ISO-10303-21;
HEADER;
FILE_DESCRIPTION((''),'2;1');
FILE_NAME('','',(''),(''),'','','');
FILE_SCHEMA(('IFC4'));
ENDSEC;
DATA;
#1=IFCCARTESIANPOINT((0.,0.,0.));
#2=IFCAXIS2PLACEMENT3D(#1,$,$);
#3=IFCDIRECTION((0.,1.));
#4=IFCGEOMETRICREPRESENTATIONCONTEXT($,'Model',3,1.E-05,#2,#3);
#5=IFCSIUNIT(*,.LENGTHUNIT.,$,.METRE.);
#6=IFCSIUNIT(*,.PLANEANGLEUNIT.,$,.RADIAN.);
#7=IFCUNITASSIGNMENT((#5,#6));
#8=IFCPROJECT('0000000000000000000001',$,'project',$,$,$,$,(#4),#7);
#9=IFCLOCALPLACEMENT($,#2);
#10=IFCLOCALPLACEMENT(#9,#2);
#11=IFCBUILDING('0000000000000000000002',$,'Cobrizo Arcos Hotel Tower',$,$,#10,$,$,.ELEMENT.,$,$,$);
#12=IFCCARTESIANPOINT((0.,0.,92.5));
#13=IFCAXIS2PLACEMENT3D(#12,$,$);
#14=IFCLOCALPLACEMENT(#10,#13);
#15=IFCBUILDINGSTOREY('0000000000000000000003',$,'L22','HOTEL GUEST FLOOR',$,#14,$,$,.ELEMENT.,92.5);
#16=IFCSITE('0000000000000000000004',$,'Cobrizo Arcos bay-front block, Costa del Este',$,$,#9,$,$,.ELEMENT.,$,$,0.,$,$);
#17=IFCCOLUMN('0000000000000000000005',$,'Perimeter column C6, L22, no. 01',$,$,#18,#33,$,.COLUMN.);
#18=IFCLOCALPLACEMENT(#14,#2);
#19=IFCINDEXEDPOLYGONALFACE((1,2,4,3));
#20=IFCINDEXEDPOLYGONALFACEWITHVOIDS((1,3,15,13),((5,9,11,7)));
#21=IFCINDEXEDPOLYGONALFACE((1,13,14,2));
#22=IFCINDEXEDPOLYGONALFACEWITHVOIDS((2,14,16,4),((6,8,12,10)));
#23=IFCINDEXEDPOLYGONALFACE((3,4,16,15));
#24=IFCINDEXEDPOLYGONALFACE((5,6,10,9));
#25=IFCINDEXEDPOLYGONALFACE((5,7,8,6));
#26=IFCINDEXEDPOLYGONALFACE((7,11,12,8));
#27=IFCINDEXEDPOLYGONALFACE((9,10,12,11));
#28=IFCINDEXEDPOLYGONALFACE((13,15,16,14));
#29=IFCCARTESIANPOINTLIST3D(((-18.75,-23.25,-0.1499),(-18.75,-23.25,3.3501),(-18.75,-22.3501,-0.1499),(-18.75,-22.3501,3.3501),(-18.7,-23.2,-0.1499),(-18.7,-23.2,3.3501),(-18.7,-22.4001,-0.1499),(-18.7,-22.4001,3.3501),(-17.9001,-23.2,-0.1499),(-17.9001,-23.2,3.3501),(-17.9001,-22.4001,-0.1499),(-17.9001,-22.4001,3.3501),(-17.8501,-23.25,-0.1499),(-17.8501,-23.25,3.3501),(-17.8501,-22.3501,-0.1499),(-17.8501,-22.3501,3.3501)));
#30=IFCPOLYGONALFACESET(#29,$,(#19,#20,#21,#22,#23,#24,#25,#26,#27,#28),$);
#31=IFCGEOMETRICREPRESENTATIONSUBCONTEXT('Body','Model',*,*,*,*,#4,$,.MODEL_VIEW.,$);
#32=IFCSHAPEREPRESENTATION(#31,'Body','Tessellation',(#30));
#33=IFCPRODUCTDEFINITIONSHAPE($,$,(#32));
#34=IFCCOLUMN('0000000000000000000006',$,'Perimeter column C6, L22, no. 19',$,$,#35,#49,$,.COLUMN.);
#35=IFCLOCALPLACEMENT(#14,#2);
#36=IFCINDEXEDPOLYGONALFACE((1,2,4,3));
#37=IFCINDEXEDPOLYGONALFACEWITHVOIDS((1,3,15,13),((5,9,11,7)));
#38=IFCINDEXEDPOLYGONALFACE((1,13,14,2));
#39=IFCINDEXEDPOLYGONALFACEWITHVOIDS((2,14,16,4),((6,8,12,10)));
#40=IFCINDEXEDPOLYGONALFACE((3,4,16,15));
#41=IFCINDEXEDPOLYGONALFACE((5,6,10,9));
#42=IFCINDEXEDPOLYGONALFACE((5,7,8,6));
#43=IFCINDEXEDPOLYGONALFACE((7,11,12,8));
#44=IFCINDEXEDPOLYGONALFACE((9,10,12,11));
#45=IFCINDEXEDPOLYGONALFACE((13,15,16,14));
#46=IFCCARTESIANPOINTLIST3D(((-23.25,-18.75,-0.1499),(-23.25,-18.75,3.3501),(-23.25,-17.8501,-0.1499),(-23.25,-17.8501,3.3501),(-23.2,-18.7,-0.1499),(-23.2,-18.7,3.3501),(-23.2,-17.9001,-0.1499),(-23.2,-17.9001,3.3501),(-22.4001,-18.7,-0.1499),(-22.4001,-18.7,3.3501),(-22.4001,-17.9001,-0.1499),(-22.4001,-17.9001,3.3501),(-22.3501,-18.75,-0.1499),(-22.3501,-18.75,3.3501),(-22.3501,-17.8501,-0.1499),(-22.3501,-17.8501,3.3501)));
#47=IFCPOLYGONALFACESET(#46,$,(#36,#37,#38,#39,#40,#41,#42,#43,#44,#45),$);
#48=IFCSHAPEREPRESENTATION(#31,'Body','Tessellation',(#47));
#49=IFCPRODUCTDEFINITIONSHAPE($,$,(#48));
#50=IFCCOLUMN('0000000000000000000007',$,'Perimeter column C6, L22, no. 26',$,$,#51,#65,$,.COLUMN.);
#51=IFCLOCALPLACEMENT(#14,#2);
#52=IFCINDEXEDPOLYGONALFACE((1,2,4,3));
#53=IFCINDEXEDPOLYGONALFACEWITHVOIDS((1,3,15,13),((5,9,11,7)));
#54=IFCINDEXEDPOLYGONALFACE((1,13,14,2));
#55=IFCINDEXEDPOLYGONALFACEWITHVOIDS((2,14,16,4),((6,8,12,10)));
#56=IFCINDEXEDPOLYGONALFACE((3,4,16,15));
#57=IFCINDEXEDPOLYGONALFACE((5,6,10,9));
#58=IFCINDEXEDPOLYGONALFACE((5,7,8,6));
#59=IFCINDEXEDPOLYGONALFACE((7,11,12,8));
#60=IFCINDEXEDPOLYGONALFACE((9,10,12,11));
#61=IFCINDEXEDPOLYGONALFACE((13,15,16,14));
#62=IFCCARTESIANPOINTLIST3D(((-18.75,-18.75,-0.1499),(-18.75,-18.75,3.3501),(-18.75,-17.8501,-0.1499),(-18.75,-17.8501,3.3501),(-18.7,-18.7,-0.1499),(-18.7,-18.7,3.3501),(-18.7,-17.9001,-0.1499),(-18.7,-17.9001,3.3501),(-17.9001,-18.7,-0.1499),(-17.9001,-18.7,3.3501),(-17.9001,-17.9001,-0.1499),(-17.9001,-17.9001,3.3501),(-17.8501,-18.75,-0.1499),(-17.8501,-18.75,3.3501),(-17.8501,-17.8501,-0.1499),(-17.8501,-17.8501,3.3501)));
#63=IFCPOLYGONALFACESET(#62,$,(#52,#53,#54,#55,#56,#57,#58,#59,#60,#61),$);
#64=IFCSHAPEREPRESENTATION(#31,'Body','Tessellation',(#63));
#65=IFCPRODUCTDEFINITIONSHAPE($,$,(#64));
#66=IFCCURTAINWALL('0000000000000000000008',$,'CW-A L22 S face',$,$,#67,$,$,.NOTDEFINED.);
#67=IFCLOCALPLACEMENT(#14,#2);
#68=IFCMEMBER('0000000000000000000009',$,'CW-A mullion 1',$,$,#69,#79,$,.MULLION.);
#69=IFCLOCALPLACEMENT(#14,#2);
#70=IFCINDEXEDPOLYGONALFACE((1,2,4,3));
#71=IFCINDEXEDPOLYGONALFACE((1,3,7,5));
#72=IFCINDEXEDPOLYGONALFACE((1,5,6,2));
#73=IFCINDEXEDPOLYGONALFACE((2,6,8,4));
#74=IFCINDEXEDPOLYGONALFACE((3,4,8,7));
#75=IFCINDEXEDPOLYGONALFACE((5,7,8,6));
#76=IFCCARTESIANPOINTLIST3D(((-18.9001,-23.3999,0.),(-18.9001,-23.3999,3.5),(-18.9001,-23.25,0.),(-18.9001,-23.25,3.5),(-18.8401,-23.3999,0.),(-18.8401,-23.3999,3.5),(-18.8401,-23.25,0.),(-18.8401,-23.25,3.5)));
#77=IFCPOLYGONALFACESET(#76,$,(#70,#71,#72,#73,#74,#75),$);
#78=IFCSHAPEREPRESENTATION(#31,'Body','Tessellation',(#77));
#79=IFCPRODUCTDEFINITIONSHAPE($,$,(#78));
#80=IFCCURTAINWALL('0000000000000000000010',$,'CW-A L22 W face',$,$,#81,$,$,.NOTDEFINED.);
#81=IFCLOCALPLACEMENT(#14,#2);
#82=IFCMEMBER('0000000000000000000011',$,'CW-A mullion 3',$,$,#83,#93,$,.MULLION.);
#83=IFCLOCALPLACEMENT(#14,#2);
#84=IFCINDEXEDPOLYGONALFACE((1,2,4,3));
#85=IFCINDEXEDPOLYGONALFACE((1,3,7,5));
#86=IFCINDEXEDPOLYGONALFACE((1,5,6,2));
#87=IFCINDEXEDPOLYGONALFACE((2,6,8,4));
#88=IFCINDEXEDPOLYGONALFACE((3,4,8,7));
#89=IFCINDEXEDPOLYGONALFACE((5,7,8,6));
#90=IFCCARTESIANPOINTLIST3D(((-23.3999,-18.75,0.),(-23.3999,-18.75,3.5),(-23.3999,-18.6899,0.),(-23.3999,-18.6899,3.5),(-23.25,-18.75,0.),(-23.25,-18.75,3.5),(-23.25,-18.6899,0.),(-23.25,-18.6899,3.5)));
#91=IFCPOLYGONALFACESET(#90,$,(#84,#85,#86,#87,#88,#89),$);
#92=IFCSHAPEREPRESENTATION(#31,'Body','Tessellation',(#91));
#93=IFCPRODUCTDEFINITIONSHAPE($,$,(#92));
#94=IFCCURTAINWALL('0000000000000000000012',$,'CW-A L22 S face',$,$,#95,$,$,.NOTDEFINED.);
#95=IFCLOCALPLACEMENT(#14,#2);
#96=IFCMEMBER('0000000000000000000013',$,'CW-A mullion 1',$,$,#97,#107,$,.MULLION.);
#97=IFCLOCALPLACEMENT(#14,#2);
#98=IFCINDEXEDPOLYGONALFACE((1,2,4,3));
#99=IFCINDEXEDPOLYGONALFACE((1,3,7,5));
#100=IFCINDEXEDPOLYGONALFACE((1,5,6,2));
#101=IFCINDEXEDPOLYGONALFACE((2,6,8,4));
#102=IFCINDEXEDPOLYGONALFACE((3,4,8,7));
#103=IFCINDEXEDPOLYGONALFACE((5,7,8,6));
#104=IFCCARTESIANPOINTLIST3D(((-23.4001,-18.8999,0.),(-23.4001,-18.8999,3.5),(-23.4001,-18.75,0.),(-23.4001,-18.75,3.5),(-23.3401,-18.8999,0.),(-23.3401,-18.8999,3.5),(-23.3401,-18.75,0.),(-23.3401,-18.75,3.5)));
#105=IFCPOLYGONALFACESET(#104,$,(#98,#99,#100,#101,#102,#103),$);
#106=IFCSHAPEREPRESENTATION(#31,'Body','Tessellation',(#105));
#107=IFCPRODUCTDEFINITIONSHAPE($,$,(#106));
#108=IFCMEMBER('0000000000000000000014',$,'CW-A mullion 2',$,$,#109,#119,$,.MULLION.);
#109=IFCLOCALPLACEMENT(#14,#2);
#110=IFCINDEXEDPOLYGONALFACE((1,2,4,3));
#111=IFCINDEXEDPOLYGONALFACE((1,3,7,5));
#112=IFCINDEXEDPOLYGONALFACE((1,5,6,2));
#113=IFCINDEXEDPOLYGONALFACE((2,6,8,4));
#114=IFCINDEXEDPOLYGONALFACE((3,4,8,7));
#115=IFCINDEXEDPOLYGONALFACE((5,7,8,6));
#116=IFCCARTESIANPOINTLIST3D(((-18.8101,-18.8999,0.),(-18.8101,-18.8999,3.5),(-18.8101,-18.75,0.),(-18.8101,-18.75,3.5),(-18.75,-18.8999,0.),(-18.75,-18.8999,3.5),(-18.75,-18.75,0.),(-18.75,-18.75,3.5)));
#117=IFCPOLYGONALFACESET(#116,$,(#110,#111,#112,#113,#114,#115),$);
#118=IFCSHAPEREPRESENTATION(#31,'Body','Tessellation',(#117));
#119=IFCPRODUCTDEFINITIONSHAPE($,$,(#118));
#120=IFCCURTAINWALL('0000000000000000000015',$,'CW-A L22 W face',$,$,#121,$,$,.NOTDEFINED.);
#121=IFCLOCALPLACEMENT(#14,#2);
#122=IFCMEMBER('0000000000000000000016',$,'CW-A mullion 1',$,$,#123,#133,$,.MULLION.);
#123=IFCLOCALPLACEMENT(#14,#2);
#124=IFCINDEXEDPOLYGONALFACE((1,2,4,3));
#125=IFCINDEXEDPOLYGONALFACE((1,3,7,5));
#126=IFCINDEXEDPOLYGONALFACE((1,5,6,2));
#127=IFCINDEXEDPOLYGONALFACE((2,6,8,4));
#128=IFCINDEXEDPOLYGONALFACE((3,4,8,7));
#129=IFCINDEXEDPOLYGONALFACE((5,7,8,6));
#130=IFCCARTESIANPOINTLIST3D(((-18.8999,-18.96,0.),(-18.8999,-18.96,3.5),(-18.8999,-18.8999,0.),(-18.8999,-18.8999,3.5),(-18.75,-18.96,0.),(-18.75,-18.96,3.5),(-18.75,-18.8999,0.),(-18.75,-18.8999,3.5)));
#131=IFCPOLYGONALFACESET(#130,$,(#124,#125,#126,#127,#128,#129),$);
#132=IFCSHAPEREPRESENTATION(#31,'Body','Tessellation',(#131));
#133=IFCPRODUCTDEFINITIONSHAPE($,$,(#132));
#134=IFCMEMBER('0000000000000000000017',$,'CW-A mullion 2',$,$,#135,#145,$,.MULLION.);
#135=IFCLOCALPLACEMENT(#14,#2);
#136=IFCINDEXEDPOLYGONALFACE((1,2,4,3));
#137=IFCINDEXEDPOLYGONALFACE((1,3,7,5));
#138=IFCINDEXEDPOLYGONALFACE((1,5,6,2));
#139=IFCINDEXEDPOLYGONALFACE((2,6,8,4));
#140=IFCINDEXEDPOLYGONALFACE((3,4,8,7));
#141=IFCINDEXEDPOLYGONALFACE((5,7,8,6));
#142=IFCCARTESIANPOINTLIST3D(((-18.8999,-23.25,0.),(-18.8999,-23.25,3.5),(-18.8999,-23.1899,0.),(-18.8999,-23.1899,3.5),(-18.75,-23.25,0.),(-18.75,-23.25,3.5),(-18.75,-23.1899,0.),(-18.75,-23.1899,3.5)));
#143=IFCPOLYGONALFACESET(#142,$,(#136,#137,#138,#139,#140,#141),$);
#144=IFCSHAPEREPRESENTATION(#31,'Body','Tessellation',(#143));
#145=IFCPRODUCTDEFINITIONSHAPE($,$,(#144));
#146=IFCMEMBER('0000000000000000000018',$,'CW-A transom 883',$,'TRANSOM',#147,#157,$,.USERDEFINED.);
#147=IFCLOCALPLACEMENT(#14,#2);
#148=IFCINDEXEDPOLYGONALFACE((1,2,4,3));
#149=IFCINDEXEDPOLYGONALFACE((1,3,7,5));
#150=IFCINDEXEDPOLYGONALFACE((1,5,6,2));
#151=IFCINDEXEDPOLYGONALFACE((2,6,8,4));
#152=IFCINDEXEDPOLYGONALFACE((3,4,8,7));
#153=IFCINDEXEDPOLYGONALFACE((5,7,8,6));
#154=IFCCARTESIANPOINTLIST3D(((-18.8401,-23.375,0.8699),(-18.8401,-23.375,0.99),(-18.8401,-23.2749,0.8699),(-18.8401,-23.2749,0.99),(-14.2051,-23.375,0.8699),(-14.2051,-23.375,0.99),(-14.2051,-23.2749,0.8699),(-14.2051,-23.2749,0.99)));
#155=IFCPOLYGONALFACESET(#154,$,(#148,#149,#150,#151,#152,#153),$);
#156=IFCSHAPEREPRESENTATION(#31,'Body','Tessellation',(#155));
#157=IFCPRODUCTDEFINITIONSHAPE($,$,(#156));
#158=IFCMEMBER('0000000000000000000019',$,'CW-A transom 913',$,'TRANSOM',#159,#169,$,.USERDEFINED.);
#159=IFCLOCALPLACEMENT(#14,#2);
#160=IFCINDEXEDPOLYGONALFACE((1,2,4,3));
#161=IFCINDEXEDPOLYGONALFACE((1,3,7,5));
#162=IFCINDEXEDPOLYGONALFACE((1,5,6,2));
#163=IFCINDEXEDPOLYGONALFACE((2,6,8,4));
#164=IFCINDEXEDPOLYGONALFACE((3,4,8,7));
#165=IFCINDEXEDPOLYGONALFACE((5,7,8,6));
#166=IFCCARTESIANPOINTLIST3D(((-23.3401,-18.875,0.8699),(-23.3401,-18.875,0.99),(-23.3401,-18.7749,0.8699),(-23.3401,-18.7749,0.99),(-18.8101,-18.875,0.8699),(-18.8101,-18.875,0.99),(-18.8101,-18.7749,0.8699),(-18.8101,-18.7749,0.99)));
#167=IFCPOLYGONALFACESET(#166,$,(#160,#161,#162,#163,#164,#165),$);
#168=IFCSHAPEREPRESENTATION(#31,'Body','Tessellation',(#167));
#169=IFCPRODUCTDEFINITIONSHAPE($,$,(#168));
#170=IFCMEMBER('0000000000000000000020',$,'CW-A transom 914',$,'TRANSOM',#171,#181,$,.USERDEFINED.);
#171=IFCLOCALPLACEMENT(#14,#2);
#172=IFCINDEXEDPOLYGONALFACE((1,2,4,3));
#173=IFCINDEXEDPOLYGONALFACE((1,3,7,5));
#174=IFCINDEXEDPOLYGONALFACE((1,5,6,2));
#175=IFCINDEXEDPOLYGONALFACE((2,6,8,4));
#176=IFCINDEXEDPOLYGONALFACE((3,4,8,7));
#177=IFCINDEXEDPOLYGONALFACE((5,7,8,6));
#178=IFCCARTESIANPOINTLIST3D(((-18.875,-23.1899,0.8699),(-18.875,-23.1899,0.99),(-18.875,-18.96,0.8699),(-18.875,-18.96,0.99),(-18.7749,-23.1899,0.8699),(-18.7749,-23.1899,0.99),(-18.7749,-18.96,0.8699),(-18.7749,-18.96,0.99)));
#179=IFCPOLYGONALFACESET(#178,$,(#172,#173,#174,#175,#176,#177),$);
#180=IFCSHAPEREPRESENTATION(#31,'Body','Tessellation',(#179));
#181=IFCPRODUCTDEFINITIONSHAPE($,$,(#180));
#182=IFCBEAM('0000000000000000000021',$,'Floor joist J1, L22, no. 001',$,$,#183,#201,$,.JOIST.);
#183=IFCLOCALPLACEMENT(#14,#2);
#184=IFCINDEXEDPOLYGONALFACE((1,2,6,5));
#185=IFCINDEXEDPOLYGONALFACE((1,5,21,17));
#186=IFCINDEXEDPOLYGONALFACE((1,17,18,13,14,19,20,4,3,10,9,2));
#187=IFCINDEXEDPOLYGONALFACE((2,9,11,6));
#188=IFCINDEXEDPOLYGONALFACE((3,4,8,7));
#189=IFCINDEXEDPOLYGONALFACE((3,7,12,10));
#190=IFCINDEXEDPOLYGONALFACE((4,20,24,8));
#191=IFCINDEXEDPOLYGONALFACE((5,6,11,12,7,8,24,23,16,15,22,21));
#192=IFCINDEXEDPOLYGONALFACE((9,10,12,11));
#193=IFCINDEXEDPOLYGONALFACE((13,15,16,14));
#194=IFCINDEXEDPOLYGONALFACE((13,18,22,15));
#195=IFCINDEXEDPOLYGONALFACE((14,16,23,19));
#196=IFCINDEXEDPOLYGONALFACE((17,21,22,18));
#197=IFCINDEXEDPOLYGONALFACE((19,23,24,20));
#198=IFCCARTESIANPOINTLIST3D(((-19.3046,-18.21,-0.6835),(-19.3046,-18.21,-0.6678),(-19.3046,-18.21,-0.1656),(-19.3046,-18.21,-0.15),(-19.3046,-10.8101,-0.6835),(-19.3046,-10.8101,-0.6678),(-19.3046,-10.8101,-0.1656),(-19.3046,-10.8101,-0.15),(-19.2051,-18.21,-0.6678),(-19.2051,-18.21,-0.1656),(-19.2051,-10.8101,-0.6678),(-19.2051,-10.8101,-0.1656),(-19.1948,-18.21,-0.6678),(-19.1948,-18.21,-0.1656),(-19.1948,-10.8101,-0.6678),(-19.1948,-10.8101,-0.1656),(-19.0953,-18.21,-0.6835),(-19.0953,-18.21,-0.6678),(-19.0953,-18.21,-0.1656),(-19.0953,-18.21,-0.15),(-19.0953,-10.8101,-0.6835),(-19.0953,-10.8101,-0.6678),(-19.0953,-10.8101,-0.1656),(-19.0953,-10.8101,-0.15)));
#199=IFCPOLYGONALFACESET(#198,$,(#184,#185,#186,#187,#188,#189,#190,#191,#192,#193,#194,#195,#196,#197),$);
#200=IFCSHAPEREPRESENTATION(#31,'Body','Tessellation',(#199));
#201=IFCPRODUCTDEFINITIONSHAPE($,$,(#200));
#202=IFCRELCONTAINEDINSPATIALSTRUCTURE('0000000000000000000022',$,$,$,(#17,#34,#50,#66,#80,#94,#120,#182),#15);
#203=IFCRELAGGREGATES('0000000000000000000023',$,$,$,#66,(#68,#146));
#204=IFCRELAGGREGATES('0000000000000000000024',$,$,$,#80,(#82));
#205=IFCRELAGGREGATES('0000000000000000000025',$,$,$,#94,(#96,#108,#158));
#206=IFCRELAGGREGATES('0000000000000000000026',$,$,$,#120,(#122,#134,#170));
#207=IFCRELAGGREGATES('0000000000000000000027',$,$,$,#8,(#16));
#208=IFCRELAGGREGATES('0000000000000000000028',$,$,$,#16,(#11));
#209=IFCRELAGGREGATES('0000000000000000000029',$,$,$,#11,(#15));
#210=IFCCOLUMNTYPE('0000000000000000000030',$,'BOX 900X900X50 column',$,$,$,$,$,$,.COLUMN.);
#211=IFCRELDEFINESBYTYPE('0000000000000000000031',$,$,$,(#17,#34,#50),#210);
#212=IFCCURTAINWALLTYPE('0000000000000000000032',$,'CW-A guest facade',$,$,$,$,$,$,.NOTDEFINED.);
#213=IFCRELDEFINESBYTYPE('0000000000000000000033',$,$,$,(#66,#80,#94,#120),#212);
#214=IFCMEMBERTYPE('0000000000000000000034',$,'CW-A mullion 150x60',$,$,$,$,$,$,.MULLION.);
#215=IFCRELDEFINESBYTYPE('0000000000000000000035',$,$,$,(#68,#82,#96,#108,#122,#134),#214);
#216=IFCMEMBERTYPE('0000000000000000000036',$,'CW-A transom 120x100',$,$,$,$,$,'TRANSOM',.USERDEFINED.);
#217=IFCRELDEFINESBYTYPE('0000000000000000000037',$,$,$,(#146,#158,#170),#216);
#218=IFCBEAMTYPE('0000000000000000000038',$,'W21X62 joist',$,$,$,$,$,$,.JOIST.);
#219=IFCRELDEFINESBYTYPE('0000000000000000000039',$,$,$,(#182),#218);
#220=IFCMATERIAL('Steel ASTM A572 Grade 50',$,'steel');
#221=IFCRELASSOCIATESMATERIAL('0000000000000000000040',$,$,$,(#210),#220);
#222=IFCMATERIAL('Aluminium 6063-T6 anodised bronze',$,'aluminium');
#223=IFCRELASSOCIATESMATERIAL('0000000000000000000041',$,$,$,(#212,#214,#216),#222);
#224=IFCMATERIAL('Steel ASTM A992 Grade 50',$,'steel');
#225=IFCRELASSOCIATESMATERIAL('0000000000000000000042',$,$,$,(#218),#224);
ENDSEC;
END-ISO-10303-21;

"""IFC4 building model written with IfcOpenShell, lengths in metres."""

from ifc_helpers import new_model, si_unit, direction, frame, origin, origin_2d, place, context, subcontext, project, spatial, rectangle, hollow_rectangle, i_section, extrude, material, material_profile, profile_set, type_object, element, aggregate, save


model = new_model("IFC4")

# Units and contexts
model_context = context("Model", 3, precision=1e-05, world=origin(), true_north=direction((0.0, 1.0)))
body_context = subcontext(model_context, "Body", "Model", "MODEL_VIEW")
ifc_project = project(units=[si_unit("LENGTHUNIT", "METRE"), si_unit("PLANEANGLEUNIT", "RADIAN")], contexts=[model_context])

# Site, building, storey
site_placement = place(None, origin())
site = spatial("IfcSite", under=ifc_project, at=site_placement, Name="Cobrizo Arcos bay-front block, Costa del Este", CompositionType="ELEMENT", RefElevation=0.0)
building_placement = place(site_placement, origin())
building = spatial("IfcBuilding", under=site, at=building_placement, Name="Cobrizo Arcos Hotel Tower", CompositionType="ELEMENT")
storey_placement = place(building_placement, frame((0.0, 0.0, 92.5)))
storey = spatial("IfcBuildingStorey", under=building, at=storey_placement, Name="L22", Description="HOTEL GUEST FLOOR", CompositionType="ELEMENT", Elevation=92.5)

# Columns
ifc_material_1 = material(Name="Steel ASTM A572 Grade 50", Category="steel")
ifc_material_profile_1 = material_profile(ifc_material_1, hollow_rectangle(XDim=0.8999, YDim=0.8999, WallThickness=0.05, at=origin_2d()), Name="BOX 900X900X50")
ifc_profile_set_1 = profile_set([ifc_material_profile_1], Name="Steel ASTM A572 Grade 50")
column_type = type_object("IfcColumnType", Name="BOX 900X900X50 column", PredefinedType="COLUMN", material=ifc_profile_set_1)
for number, where, z_axis, x_axis, name in (
    (1, (-18.3, -22.8, -0.1499), (0.0, 0.0, 1.0), (1.0, 0.0, 0.0), "Perimeter column C6, L22, no. 01"),
    (2, (-22.8, -18.3, -0.1499), (0.0, 0.0, 1.0), (1.0, 0.0, 0.0), "Perimeter column C6, L22, no. 19"),
    (3, (-18.3, -18.3, -0.1499), (0.0, 0.0, 1.0), (1.0, 0.0, 0.0), "Perimeter column C6, L22, no. 26"),
):
    element("IfcColumn", number, at=place(storey_placement, frame(where, z_axis=z_axis, x_axis=x_axis)), inside=storey, type_object=column_type, Name=name, PredefinedType="COLUMN", context=body_context, shape_type="SweptSolid", body=[
        extrude(hollow_rectangle(XDim=0.8999, YDim=0.8999, WallThickness=0.05, at=origin_2d()), origin(), (0.0, 0.0, 1.0), 3.5),
    ])

# Curtain walls, members
ifc_material_2 = material(Name="Aluminium 6063-T6 anodised bronze", Category="aluminium")
curtain_wall_type = type_object("IfcCurtainWallType", Name="CW-A guest facade", PredefinedType="NOTDEFINED", material=ifc_material_2)
curtain_wall_1_placement = place(storey_placement, origin())
curtain_wall_1 = element("IfcCurtainWall", 4, at=curtain_wall_1_placement, inside=storey, type_object=curtain_wall_type, Name="CW-A L22 S face", PredefinedType="NOTDEFINED")
ifc_material_profile_2 = material_profile(ifc_material_2, rectangle(XDim=0.1499, YDim=0.0601, at=origin_2d()), Name="CW-A mullion 150x60")
ifc_profile_set_2 = profile_set([ifc_material_profile_2], Name="Aluminium 6063-T6 anodised bronze")
member_type_1 = type_object("IfcMemberType", Name="CW-A mullion 150x60", PredefinedType="MULLION", material=ifc_profile_set_2)
member_1_placement = place(storey_placement, frame((-18.8701, -23.325, 0.0), z_axis=(0.0, 0.0, 1.0), x_axis=(0.0, -1.0, 0.0)))
member_1 = element("IfcMember", 5, at=member_1_placement, type_object=member_type_1, Name="CW-A mullion 1", PredefinedType="MULLION", context=body_context, shape_type="SweptSolid", body=[
    extrude(rectangle(XDim=0.1499, YDim=0.0601, at=origin_2d()), origin(), (0.0, 0.0, 1.0), 3.5),
])
curtain_wall_2_placement = place(storey_placement, origin())
curtain_wall_2 = element("IfcCurtainWall", 6, at=curtain_wall_2_placement, inside=storey, type_object=curtain_wall_type, Name="CW-A L22 W face", PredefinedType="NOTDEFINED")
member_2_placement = place(storey_placement, frame((-23.325, -18.72, 0.0), z_axis=(0.0, 0.0, 1.0), x_axis=(-1.0, 0.0, 0.0)))
member_2 = element("IfcMember", 7, at=member_2_placement, type_object=member_type_1, Name="CW-A mullion 3", PredefinedType="MULLION", context=body_context, shape_type="SweptSolid", body=[
    extrude(rectangle(XDim=0.1499, YDim=0.0601, at=origin_2d()), origin(), (0.0, 0.0, 1.0), 3.5),
])

# Curtain walls, members
curtain_wall_3_placement = place(storey_placement, origin())
curtain_wall_3 = element("IfcCurtainWall", 8, at=curtain_wall_3_placement, inside=storey, type_object=curtain_wall_type, Name="CW-A L22 S face", PredefinedType="NOTDEFINED")
member_3_placement = place(storey_placement, frame((-23.3701, -18.825, 0.0), z_axis=(0.0, 0.0, 1.0), x_axis=(0.0, -1.0, 0.0)))
member_3 = element("IfcMember", 9, at=member_3_placement, type_object=member_type_1, Name="CW-A mullion 1", PredefinedType="MULLION", context=body_context, shape_type="SweptSolid", body=[
    extrude(rectangle(XDim=0.1499, YDim=0.0601, at=origin_2d()), origin(), (0.0, 0.0, 1.0), 3.5),
])
member_4_placement = place(storey_placement, frame((-18.78, -18.825, 0.0), z_axis=(0.0, 0.0, 1.0), x_axis=(0.0, -1.0, 0.0)))
member_4 = element("IfcMember", 10, at=member_4_placement, type_object=member_type_1, Name="CW-A mullion 2", PredefinedType="MULLION", context=body_context, shape_type="SweptSolid", body=[
    extrude(rectangle(XDim=0.1499, YDim=0.0601, at=origin_2d()), origin(), (0.0, 0.0, 1.0), 3.5),
])
curtain_wall_4_placement = place(storey_placement, origin())
curtain_wall_4 = element("IfcCurtainWall", 11, at=curtain_wall_4_placement, inside=storey, type_object=curtain_wall_type, Name="CW-A L22 W face", PredefinedType="NOTDEFINED")
member_5_placement = place(storey_placement, frame((-18.825, -18.9299, 0.0), z_axis=(0.0, 0.0, 1.0), x_axis=(-1.0, 0.0, 0.0)))
member_5 = element("IfcMember", 12, at=member_5_placement, type_object=member_type_1, Name="CW-A mullion 1", PredefinedType="MULLION", context=body_context, shape_type="SweptSolid", body=[
    extrude(rectangle(XDim=0.1499, YDim=0.0601, at=origin_2d()), origin(), (0.0, 0.0, 1.0), 3.5),
])
member_6_placement = place(storey_placement, frame((-18.825, -23.22, 0.0), z_axis=(0.0, 0.0, 1.0), x_axis=(-1.0, 0.0, 0.0)))
member_6 = element("IfcMember", 13, at=member_6_placement, type_object=member_type_1, Name="CW-A mullion 2", PredefinedType="MULLION", context=body_context, shape_type="SweptSolid", body=[
    extrude(rectangle(XDim=0.1499, YDim=0.0601, at=origin_2d()), origin(), (0.0, 0.0, 1.0), 3.5),
])

# Members
ifc_material_profile_3 = material_profile(ifc_material_2, rectangle(XDim=0.1001, YDim=0.1201, at=origin_2d()), Name="CW-A transom 120x100")
ifc_profile_set_3 = profile_set([ifc_material_profile_3], Name="Aluminium 6063-T6 anodised bronze")
member_type_2 = type_object("IfcMemberType", Name="CW-A transom 120x100", ElementType="TRANSOM", PredefinedType="USERDEFINED", material=ifc_profile_set_3)
member_7_placement = place(storey_placement, frame((-18.8401, -23.325, 0.9299), z_axis=(1.0, 0.0, 0.0), x_axis=(0.0, 1.0, 0.0)))
member_7 = element("IfcMember", 14, at=member_7_placement, type_object=member_type_2, Name="CW-A transom 883", ObjectType="TRANSOM", PredefinedType="USERDEFINED", context=body_context, shape_type="SweptSolid", body=[
    extrude(rectangle(XDim=0.1001, YDim=0.1201, at=origin_2d()), origin(), (0.0, 0.0, 1.0), 4.635),
])
aggregate(curtain_wall_1, [member_1, member_7])
member_8_placement = place(storey_placement, frame((-23.3401, -18.825, 0.9299), z_axis=(1.0, 0.0, 0.0), x_axis=(0.0, 1.0, 0.0)))
member_8 = element("IfcMember", 15, at=member_8_placement, type_object=member_type_2, Name="CW-A transom 913", ObjectType="TRANSOM", PredefinedType="USERDEFINED", context=body_context, shape_type="SweptSolid", body=[
    extrude(rectangle(XDim=0.1001, YDim=0.1201, at=origin_2d()), origin(), (0.0, 0.0, 1.0), 4.53),
])
member_9_placement = place(storey_placement, frame((-18.825, -18.96, 0.9299), z_axis=(0.0, -1.0, 0.0), x_axis=(1.0, 0.0, 0.0)))
member_9 = element("IfcMember", 16, at=member_9_placement, type_object=member_type_2, Name="CW-A transom 914", ObjectType="TRANSOM", PredefinedType="USERDEFINED", context=body_context, shape_type="SweptSolid", body=[
    extrude(rectangle(XDim=0.1001, YDim=0.1201, at=origin_2d()), origin(), (0.0, 0.0, 1.0), 4.23),
])

# Beam
ifc_material_3 = material(Name="Steel ASTM A992 Grade 50", Category="steel")
ifc_material_profile_4 = material_profile(ifc_material_3, i_section(OverallWidth=0.2092, OverallDepth=0.5334, WebThickness=0.0103, FlangeThickness=0.0156, at=origin_2d()), Name="W21X62")
ifc_profile_set_4 = profile_set([ifc_material_profile_4], Name="Steel ASTM A992 Grade 50")
beam_type_1 = type_object("IfcBeamType", Name="W21X62 joist", PredefinedType="JOIST", material=ifc_profile_set_4)
beam_1_placement = place(storey_placement, frame((-19.2, -18.21, -0.4167), z_axis=(0.0, 1.0, 0.0), x_axis=(-1.0, 0.0, 0.0)))
element("IfcBeam", 17, at=beam_1_placement, inside=storey, type_object=beam_type_1, Name="Floor joist J1, L22, no. 001", PredefinedType="JOIST", context=body_context, shape_type="SweptSolid", body=[
    extrude(i_section(OverallWidth=0.2092, OverallDepth=0.5334, WebThickness=0.0103, FlangeThickness=0.0156, at=origin_2d()), origin(), (0.0, 0.0, 1.0), 7.3999),
])

aggregate(curtain_wall_2, [member_2])
aggregate(curtain_wall_3, [member_3, member_4, member_8])
aggregate(curtain_wall_4, [member_5, member_6, member_9])

save(model, "model.ifc")
